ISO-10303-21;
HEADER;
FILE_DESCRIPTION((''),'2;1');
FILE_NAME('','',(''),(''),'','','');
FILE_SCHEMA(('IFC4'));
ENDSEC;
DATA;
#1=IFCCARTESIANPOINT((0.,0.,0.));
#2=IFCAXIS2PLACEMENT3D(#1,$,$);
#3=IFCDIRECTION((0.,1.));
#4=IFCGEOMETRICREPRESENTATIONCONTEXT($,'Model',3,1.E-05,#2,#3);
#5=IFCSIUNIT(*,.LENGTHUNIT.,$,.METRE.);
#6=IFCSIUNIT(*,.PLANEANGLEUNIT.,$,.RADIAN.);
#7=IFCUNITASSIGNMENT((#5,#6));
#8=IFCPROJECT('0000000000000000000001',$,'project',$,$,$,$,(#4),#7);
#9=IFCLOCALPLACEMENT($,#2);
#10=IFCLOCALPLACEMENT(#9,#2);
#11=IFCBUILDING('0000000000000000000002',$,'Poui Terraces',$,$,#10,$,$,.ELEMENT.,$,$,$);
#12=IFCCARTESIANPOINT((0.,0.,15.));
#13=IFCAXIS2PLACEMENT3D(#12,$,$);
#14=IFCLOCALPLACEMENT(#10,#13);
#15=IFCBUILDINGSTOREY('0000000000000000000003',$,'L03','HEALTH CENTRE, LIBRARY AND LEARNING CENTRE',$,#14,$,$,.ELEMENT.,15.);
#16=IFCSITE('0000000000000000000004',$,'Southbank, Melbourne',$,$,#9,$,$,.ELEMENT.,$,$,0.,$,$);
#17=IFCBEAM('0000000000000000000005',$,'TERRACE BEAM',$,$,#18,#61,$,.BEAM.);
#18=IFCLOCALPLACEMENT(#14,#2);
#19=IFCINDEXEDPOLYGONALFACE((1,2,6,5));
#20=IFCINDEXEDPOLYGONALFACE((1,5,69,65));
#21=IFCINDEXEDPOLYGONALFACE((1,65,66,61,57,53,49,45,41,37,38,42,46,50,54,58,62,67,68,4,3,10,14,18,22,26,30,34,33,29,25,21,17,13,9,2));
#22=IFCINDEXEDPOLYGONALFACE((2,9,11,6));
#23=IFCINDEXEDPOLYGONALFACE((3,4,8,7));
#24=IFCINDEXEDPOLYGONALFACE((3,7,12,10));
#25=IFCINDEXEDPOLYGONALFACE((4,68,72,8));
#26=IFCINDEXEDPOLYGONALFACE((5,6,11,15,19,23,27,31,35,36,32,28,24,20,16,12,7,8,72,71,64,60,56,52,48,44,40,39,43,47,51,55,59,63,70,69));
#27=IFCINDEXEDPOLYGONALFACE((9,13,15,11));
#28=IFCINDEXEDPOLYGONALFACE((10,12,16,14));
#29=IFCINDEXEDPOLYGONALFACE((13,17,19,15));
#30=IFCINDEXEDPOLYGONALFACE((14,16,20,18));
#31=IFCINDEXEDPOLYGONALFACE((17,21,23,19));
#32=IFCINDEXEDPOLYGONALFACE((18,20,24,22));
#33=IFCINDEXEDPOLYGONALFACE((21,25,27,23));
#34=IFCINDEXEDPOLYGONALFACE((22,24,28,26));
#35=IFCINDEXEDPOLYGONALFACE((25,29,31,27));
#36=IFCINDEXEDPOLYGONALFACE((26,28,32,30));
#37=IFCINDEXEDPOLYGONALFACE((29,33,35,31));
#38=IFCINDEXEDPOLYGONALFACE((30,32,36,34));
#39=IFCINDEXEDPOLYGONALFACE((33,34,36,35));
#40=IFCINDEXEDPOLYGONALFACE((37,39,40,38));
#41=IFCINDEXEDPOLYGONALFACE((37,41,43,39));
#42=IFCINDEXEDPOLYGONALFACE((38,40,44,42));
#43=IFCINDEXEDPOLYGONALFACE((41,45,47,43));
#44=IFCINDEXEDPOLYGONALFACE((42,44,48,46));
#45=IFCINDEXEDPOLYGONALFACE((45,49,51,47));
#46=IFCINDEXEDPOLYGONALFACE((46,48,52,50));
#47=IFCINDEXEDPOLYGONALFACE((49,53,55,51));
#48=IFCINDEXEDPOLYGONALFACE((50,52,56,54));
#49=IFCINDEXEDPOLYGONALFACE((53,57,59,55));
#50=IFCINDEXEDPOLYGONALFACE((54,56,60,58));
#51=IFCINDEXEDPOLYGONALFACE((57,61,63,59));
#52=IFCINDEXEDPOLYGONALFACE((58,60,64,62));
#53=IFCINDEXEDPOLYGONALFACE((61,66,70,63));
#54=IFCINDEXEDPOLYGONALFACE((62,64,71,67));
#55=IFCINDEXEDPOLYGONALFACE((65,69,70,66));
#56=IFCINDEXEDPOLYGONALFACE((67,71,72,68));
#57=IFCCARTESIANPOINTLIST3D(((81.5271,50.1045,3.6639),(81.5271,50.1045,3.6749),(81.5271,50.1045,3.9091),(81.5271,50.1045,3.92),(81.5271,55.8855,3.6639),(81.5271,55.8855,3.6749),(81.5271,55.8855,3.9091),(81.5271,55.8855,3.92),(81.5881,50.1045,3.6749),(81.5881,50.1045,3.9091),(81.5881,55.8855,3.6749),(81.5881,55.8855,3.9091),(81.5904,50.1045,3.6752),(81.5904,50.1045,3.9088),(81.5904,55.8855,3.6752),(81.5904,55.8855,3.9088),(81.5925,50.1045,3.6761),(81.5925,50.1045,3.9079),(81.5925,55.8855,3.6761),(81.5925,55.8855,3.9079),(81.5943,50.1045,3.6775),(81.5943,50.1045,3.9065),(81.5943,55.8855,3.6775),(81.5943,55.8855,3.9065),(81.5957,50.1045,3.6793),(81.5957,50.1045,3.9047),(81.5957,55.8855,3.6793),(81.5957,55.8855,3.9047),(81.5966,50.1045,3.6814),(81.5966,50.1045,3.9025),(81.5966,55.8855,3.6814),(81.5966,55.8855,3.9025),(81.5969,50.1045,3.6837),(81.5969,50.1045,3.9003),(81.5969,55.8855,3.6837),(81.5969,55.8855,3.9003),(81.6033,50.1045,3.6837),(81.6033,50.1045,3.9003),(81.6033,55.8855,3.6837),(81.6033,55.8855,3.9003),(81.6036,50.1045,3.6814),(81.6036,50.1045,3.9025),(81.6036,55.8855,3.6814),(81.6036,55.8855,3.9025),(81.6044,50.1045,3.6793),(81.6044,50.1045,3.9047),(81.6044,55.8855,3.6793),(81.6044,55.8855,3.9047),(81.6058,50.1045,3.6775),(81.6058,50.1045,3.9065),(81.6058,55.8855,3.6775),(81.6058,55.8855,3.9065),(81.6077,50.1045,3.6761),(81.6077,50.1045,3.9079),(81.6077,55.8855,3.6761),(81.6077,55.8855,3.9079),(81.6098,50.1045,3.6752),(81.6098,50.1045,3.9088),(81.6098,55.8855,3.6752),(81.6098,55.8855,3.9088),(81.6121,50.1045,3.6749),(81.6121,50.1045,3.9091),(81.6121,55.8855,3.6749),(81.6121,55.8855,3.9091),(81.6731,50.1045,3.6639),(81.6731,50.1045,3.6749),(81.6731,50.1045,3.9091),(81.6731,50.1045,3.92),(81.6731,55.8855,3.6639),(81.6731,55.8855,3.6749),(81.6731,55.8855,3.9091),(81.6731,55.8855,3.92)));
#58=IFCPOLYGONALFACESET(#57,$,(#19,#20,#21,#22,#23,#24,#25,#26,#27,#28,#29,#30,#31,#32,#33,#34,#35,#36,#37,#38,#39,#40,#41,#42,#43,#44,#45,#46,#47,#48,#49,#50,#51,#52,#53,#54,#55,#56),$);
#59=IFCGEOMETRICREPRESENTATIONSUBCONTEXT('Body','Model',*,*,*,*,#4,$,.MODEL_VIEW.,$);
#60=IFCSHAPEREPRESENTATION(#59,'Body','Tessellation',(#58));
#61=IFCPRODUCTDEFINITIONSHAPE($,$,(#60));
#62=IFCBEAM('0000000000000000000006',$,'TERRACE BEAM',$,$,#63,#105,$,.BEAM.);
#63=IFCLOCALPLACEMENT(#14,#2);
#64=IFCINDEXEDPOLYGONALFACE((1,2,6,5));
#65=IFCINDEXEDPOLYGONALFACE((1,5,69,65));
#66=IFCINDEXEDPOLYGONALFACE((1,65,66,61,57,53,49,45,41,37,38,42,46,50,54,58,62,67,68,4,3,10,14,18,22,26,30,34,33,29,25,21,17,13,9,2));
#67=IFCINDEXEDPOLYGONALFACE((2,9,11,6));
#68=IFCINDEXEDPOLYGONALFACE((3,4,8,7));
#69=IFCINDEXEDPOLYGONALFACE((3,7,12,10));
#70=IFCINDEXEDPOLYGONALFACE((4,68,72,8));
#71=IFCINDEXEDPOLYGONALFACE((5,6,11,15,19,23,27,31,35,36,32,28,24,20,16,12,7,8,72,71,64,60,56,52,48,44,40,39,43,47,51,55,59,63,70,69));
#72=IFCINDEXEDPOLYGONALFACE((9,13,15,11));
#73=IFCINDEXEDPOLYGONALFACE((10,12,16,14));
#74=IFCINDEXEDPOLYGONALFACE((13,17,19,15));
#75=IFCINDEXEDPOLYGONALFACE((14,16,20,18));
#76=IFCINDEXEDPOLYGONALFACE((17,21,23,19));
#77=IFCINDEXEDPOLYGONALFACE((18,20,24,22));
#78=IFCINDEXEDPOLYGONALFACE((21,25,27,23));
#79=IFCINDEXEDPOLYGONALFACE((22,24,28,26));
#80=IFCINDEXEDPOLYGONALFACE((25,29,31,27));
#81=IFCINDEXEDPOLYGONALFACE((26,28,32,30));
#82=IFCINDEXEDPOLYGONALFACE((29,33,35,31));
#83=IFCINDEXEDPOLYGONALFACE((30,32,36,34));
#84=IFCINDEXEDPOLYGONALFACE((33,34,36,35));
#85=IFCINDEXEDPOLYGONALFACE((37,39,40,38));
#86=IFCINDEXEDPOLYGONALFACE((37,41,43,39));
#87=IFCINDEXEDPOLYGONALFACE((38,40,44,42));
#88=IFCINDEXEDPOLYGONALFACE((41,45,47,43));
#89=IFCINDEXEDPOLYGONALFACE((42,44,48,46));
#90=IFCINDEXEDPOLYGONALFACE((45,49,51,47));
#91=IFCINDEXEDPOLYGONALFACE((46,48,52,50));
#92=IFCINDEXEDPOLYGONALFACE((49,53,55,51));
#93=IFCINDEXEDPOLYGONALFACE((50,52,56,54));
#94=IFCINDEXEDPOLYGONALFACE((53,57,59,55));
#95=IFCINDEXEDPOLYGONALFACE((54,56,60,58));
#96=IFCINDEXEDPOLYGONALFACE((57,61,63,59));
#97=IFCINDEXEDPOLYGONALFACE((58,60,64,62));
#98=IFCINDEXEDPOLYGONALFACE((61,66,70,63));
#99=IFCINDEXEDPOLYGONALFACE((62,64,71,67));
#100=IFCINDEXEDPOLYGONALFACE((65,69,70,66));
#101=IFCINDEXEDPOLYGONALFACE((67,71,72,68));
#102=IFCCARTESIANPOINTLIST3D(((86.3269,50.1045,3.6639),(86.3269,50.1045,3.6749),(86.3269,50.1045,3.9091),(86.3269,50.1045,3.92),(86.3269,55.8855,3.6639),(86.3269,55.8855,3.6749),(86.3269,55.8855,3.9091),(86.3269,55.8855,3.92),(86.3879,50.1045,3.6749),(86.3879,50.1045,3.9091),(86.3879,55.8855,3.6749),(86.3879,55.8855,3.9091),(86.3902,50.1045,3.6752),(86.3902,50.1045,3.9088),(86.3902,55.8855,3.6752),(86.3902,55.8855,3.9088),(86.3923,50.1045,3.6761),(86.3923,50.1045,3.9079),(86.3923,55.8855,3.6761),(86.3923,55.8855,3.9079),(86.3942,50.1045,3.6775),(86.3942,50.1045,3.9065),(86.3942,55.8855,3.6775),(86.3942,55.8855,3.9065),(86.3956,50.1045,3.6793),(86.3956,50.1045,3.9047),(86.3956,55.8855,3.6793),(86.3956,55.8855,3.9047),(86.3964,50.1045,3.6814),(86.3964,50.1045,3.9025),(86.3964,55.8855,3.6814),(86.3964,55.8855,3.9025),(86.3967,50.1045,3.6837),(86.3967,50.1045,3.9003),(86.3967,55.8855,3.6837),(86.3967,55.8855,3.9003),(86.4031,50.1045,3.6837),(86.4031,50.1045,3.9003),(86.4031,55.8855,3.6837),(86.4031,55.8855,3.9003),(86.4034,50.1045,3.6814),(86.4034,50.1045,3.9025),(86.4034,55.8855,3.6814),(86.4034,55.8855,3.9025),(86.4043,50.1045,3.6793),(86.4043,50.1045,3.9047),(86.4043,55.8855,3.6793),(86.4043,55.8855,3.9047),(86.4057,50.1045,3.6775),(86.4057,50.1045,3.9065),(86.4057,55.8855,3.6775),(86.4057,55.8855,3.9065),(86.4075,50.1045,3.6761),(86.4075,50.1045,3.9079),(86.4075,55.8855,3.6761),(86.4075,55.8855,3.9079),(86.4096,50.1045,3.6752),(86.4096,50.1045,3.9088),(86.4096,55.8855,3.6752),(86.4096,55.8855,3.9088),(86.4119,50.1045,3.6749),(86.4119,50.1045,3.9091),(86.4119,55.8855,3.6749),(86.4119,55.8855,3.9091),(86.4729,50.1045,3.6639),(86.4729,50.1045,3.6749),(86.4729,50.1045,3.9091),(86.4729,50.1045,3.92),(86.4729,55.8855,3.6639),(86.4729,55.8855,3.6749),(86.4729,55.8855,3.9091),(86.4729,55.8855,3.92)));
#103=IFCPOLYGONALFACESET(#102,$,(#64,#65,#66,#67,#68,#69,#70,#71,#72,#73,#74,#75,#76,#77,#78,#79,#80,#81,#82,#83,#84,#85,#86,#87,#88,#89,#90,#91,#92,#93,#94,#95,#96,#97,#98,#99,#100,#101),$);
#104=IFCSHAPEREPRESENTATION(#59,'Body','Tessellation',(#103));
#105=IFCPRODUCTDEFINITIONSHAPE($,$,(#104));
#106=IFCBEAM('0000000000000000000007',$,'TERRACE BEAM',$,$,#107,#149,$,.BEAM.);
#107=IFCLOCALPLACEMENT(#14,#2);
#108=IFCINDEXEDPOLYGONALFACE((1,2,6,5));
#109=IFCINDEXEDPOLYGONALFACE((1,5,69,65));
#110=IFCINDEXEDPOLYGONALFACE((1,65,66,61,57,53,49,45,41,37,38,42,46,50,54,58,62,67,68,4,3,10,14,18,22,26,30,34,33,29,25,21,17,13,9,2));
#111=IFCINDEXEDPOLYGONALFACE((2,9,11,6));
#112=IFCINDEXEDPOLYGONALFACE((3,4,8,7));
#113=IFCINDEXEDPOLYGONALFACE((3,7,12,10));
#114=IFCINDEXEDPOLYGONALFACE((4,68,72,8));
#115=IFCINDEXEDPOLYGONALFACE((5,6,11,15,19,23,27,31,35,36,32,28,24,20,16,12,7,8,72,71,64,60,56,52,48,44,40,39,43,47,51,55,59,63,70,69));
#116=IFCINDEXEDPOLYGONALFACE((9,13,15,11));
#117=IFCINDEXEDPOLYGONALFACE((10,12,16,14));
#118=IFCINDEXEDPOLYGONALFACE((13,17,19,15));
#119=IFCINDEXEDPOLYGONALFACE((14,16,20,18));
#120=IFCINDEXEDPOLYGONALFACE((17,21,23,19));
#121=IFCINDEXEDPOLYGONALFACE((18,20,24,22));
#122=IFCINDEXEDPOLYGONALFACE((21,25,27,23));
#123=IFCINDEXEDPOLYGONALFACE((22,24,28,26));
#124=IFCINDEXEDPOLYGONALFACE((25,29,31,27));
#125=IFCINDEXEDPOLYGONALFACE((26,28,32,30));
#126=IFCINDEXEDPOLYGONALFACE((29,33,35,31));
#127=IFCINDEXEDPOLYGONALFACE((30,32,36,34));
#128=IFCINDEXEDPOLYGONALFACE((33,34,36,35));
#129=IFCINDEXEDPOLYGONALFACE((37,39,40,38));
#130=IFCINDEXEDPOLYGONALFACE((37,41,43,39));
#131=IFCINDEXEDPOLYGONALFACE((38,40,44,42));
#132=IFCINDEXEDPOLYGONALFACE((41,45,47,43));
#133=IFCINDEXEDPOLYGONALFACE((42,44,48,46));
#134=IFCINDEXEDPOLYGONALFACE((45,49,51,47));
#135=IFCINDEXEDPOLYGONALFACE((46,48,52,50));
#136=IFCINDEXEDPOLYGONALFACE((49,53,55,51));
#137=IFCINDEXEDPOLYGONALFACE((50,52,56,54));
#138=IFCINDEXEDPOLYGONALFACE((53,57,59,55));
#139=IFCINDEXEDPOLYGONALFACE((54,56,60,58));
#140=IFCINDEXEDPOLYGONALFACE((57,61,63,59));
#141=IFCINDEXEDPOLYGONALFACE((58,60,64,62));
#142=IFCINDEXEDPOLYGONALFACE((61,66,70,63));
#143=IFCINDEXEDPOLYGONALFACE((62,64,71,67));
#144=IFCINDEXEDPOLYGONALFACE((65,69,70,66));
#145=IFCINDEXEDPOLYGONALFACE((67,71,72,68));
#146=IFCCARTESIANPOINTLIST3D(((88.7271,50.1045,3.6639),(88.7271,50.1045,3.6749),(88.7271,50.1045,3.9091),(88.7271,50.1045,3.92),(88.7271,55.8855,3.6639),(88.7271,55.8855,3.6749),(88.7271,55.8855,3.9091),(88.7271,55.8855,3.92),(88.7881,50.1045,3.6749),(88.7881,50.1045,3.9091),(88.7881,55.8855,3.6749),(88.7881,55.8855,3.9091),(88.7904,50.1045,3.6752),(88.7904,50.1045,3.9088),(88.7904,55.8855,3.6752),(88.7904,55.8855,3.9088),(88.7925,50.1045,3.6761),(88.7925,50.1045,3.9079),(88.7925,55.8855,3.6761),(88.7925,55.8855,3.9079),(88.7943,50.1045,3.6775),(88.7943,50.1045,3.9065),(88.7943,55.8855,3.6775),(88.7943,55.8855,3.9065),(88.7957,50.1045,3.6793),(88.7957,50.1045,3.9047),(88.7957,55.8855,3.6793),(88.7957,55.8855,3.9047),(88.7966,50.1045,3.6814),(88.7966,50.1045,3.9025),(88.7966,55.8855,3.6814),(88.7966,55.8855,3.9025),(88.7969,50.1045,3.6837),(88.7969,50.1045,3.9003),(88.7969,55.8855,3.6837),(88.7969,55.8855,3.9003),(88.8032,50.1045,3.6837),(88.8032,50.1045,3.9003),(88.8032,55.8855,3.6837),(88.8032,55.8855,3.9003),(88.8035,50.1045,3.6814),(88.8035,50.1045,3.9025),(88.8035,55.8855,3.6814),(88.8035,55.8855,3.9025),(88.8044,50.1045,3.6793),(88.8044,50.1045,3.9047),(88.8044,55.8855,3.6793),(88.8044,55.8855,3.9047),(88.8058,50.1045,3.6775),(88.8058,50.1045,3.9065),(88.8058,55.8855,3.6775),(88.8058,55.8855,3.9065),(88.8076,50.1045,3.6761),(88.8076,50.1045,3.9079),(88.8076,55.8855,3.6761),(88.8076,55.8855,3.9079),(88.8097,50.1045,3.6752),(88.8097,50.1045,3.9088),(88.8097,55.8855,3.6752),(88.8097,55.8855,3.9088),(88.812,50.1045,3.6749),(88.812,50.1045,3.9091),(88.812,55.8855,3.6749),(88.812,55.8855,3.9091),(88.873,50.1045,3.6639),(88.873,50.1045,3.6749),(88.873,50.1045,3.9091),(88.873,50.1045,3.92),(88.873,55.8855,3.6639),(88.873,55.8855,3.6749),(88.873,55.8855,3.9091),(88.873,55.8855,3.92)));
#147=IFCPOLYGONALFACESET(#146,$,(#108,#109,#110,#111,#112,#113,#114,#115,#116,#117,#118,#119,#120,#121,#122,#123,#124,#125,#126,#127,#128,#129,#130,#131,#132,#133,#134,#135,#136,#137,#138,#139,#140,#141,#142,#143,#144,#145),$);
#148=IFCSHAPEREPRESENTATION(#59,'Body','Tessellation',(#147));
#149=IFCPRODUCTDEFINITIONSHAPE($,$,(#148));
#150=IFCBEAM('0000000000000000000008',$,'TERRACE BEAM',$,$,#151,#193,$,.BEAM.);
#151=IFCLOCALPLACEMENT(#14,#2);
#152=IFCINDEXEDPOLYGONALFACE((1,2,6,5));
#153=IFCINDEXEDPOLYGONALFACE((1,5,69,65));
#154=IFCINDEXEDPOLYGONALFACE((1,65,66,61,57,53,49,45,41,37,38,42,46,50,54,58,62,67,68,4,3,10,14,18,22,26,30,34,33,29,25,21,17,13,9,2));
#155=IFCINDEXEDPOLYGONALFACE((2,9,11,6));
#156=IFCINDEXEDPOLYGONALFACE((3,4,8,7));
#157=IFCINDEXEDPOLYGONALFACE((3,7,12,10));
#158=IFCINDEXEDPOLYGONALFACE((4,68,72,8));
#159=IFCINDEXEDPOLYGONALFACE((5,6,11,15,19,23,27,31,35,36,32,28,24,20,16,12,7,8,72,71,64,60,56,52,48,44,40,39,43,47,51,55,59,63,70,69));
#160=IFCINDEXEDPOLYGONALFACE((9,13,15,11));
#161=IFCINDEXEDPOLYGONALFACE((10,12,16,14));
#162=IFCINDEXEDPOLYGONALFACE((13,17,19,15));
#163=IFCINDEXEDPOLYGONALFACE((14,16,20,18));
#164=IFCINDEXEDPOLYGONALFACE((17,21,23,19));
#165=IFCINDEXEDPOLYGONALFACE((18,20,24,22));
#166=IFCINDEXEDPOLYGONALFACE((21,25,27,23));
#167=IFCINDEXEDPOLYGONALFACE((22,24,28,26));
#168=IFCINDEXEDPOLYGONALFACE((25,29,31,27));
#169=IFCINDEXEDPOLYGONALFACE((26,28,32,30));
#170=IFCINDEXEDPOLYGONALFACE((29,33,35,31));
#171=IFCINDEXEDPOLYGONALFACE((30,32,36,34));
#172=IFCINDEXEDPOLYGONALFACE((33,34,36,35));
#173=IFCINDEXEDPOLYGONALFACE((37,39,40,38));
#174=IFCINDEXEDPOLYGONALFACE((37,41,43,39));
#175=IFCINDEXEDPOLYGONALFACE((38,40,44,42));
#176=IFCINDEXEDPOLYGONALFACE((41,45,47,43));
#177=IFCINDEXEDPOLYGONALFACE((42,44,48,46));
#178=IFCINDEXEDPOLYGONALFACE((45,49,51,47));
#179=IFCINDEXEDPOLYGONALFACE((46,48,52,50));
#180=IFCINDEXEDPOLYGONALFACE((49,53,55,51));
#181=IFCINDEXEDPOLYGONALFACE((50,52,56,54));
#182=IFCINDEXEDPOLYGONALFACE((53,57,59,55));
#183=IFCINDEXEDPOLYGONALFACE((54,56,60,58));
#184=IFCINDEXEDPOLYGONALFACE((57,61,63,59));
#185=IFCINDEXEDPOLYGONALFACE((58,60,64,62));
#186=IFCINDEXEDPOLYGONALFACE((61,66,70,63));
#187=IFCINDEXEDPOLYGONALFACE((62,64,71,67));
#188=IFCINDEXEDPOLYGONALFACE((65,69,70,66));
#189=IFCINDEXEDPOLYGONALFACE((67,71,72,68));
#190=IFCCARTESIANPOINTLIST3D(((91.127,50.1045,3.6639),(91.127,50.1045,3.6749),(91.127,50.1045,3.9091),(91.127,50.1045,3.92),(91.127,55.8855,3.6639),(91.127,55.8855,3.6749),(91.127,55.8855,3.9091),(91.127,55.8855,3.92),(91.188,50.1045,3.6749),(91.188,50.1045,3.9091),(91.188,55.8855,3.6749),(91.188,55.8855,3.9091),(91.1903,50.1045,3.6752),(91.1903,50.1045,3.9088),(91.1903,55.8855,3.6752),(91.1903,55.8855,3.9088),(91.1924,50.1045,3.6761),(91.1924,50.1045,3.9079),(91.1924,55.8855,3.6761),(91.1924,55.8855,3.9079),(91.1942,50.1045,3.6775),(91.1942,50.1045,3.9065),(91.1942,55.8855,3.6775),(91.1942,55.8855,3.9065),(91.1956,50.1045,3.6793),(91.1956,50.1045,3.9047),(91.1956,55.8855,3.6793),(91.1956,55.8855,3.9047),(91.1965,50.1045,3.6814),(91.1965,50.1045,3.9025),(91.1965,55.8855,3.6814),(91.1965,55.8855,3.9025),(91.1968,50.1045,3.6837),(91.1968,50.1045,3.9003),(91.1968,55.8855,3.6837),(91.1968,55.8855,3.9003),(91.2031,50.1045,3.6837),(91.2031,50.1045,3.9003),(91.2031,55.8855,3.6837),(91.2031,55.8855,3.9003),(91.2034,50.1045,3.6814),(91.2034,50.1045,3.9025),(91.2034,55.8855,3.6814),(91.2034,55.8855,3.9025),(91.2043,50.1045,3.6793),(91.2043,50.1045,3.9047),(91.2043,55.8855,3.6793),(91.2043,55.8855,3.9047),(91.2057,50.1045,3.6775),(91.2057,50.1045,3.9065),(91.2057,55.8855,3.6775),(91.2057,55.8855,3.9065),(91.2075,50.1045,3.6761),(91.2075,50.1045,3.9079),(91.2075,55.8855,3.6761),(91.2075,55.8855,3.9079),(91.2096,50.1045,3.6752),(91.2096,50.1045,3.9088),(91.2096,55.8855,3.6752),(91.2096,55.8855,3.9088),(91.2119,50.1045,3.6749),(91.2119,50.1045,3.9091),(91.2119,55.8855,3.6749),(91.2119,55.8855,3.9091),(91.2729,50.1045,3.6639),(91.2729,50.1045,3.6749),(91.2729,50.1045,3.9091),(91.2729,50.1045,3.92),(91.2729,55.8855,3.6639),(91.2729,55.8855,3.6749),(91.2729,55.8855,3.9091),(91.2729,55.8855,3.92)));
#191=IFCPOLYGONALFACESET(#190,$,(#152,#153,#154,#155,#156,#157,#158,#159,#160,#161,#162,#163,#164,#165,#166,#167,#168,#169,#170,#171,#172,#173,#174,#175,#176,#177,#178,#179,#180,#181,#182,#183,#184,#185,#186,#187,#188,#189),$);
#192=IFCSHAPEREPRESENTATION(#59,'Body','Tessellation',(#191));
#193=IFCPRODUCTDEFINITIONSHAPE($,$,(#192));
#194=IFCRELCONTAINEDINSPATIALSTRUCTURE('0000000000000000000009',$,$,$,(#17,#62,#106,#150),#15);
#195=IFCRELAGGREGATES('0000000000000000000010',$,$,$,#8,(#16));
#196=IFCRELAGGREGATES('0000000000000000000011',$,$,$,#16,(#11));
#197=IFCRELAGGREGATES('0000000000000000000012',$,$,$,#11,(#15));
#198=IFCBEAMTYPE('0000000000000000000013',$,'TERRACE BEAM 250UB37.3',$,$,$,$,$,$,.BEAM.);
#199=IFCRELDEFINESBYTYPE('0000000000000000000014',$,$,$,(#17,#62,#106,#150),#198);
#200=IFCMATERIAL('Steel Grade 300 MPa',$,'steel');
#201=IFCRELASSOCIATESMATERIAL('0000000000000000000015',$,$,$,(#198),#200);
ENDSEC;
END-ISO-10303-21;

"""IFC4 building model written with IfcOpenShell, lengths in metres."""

from ifc_helpers import new_model, si_unit, direction, frame, origin, origin_2d, place, context, subcontext, project, spatial, i_section, extrude, source, transform, mapped, material, material_profile, profile_set, type_object, element, save


model = new_model("IFC4")

# Units and contexts
model_context = context("Model", 3, precision=1e-05, world=origin(), true_north=direction((0.0, 1.0)))
body_context = subcontext(model_context, "Body", "Model", "MODEL_VIEW")
ifc_project = project(units=[si_unit("LENGTHUNIT", "METRE"), si_unit("PLANEANGLEUNIT", "RADIAN")], contexts=[model_context])

# Site, building, storey
site_placement = place(None, origin())
site = spatial("IfcSite", under=ifc_project, at=site_placement, Name="Southbank, Melbourne", CompositionType="ELEMENT", RefElevation=0.0)
building_placement = place(site_placement, origin())
building = spatial("IfcBuilding", under=site, at=building_placement, Name="Poui Terraces", CompositionType="ELEMENT")
storey_placement = place(building_placement, frame((0.0, 0.0, 15.0)))
storey = spatial("IfcBuildingStorey", under=building, at=storey_placement, Name="L03", Description="HEALTH CENTRE, LIBRARY AND LEARNING CENTRE", CompositionType="ELEMENT", Elevation=15.0)

# Beams
ifc_material_1 = material(Name="Steel Grade 300 MPa", Category="steel")
ifc_material_profile_1 = material_profile(ifc_material_1, i_section(OverallWidth=0.146, OverallDepth=0.2561, WebThickness=0.0063, FlangeThickness=0.011, FilletRadius=0.0088, at=origin_2d()), Name="250UB37.3")
ifc_profile_set_1 = profile_set([ifc_material_profile_1], Name="Steel Grade 300 MPa")
beam_type_1 = type_object("IfcBeamType", Name="TERRACE BEAM 250UB37.3", PredefinedType="BEAM", material=ifc_profile_set_1)
shared_shape_1 = source(origin(), body_context, "Body", "SweptSolid", [
    extrude(i_section(OverallWidth=0.146, OverallDepth=0.2561, WebThickness=0.0063, FlangeThickness=0.011, FilletRadius=0.0088, at=origin_2d()), origin(), (0.0, 0.0, 1.0), 5.781),
])
for number, where, z_axis, x_axis, name in (
    (1, (81.6001, 50.1045, 3.792), (0.0, 1.0, 0.0), (-1.0, 0.0, 0.0), "TERRACE BEAM"),
    (2, (86.3999, 50.1045, 3.792), (0.0, 1.0, 0.0), (-1.0, 0.0, 0.0), "TERRACE BEAM"),
    (3, (88.8, 50.1045, 3.792), (0.0, 1.0, 0.0), (-1.0, 0.0, 0.0), "TERRACE BEAM"),
    (4, (91.2, 50.1045, 3.792), (0.0, 1.0, 0.0), (-1.0, 0.0, 0.0), "TERRACE BEAM"),
):
    element("IfcBeam", number, at=place(storey_placement, frame(where, z_axis=z_axis, x_axis=x_axis)), inside=storey, type_object=beam_type_1, Name=name, PredefinedType="BEAM", context=body_context, shape_type="MappedRepresentation", body=[
        mapped(shared_shape_1, transform((0.0, 0.0, 0.0))),
    ])

save(model, "model.ifc")
